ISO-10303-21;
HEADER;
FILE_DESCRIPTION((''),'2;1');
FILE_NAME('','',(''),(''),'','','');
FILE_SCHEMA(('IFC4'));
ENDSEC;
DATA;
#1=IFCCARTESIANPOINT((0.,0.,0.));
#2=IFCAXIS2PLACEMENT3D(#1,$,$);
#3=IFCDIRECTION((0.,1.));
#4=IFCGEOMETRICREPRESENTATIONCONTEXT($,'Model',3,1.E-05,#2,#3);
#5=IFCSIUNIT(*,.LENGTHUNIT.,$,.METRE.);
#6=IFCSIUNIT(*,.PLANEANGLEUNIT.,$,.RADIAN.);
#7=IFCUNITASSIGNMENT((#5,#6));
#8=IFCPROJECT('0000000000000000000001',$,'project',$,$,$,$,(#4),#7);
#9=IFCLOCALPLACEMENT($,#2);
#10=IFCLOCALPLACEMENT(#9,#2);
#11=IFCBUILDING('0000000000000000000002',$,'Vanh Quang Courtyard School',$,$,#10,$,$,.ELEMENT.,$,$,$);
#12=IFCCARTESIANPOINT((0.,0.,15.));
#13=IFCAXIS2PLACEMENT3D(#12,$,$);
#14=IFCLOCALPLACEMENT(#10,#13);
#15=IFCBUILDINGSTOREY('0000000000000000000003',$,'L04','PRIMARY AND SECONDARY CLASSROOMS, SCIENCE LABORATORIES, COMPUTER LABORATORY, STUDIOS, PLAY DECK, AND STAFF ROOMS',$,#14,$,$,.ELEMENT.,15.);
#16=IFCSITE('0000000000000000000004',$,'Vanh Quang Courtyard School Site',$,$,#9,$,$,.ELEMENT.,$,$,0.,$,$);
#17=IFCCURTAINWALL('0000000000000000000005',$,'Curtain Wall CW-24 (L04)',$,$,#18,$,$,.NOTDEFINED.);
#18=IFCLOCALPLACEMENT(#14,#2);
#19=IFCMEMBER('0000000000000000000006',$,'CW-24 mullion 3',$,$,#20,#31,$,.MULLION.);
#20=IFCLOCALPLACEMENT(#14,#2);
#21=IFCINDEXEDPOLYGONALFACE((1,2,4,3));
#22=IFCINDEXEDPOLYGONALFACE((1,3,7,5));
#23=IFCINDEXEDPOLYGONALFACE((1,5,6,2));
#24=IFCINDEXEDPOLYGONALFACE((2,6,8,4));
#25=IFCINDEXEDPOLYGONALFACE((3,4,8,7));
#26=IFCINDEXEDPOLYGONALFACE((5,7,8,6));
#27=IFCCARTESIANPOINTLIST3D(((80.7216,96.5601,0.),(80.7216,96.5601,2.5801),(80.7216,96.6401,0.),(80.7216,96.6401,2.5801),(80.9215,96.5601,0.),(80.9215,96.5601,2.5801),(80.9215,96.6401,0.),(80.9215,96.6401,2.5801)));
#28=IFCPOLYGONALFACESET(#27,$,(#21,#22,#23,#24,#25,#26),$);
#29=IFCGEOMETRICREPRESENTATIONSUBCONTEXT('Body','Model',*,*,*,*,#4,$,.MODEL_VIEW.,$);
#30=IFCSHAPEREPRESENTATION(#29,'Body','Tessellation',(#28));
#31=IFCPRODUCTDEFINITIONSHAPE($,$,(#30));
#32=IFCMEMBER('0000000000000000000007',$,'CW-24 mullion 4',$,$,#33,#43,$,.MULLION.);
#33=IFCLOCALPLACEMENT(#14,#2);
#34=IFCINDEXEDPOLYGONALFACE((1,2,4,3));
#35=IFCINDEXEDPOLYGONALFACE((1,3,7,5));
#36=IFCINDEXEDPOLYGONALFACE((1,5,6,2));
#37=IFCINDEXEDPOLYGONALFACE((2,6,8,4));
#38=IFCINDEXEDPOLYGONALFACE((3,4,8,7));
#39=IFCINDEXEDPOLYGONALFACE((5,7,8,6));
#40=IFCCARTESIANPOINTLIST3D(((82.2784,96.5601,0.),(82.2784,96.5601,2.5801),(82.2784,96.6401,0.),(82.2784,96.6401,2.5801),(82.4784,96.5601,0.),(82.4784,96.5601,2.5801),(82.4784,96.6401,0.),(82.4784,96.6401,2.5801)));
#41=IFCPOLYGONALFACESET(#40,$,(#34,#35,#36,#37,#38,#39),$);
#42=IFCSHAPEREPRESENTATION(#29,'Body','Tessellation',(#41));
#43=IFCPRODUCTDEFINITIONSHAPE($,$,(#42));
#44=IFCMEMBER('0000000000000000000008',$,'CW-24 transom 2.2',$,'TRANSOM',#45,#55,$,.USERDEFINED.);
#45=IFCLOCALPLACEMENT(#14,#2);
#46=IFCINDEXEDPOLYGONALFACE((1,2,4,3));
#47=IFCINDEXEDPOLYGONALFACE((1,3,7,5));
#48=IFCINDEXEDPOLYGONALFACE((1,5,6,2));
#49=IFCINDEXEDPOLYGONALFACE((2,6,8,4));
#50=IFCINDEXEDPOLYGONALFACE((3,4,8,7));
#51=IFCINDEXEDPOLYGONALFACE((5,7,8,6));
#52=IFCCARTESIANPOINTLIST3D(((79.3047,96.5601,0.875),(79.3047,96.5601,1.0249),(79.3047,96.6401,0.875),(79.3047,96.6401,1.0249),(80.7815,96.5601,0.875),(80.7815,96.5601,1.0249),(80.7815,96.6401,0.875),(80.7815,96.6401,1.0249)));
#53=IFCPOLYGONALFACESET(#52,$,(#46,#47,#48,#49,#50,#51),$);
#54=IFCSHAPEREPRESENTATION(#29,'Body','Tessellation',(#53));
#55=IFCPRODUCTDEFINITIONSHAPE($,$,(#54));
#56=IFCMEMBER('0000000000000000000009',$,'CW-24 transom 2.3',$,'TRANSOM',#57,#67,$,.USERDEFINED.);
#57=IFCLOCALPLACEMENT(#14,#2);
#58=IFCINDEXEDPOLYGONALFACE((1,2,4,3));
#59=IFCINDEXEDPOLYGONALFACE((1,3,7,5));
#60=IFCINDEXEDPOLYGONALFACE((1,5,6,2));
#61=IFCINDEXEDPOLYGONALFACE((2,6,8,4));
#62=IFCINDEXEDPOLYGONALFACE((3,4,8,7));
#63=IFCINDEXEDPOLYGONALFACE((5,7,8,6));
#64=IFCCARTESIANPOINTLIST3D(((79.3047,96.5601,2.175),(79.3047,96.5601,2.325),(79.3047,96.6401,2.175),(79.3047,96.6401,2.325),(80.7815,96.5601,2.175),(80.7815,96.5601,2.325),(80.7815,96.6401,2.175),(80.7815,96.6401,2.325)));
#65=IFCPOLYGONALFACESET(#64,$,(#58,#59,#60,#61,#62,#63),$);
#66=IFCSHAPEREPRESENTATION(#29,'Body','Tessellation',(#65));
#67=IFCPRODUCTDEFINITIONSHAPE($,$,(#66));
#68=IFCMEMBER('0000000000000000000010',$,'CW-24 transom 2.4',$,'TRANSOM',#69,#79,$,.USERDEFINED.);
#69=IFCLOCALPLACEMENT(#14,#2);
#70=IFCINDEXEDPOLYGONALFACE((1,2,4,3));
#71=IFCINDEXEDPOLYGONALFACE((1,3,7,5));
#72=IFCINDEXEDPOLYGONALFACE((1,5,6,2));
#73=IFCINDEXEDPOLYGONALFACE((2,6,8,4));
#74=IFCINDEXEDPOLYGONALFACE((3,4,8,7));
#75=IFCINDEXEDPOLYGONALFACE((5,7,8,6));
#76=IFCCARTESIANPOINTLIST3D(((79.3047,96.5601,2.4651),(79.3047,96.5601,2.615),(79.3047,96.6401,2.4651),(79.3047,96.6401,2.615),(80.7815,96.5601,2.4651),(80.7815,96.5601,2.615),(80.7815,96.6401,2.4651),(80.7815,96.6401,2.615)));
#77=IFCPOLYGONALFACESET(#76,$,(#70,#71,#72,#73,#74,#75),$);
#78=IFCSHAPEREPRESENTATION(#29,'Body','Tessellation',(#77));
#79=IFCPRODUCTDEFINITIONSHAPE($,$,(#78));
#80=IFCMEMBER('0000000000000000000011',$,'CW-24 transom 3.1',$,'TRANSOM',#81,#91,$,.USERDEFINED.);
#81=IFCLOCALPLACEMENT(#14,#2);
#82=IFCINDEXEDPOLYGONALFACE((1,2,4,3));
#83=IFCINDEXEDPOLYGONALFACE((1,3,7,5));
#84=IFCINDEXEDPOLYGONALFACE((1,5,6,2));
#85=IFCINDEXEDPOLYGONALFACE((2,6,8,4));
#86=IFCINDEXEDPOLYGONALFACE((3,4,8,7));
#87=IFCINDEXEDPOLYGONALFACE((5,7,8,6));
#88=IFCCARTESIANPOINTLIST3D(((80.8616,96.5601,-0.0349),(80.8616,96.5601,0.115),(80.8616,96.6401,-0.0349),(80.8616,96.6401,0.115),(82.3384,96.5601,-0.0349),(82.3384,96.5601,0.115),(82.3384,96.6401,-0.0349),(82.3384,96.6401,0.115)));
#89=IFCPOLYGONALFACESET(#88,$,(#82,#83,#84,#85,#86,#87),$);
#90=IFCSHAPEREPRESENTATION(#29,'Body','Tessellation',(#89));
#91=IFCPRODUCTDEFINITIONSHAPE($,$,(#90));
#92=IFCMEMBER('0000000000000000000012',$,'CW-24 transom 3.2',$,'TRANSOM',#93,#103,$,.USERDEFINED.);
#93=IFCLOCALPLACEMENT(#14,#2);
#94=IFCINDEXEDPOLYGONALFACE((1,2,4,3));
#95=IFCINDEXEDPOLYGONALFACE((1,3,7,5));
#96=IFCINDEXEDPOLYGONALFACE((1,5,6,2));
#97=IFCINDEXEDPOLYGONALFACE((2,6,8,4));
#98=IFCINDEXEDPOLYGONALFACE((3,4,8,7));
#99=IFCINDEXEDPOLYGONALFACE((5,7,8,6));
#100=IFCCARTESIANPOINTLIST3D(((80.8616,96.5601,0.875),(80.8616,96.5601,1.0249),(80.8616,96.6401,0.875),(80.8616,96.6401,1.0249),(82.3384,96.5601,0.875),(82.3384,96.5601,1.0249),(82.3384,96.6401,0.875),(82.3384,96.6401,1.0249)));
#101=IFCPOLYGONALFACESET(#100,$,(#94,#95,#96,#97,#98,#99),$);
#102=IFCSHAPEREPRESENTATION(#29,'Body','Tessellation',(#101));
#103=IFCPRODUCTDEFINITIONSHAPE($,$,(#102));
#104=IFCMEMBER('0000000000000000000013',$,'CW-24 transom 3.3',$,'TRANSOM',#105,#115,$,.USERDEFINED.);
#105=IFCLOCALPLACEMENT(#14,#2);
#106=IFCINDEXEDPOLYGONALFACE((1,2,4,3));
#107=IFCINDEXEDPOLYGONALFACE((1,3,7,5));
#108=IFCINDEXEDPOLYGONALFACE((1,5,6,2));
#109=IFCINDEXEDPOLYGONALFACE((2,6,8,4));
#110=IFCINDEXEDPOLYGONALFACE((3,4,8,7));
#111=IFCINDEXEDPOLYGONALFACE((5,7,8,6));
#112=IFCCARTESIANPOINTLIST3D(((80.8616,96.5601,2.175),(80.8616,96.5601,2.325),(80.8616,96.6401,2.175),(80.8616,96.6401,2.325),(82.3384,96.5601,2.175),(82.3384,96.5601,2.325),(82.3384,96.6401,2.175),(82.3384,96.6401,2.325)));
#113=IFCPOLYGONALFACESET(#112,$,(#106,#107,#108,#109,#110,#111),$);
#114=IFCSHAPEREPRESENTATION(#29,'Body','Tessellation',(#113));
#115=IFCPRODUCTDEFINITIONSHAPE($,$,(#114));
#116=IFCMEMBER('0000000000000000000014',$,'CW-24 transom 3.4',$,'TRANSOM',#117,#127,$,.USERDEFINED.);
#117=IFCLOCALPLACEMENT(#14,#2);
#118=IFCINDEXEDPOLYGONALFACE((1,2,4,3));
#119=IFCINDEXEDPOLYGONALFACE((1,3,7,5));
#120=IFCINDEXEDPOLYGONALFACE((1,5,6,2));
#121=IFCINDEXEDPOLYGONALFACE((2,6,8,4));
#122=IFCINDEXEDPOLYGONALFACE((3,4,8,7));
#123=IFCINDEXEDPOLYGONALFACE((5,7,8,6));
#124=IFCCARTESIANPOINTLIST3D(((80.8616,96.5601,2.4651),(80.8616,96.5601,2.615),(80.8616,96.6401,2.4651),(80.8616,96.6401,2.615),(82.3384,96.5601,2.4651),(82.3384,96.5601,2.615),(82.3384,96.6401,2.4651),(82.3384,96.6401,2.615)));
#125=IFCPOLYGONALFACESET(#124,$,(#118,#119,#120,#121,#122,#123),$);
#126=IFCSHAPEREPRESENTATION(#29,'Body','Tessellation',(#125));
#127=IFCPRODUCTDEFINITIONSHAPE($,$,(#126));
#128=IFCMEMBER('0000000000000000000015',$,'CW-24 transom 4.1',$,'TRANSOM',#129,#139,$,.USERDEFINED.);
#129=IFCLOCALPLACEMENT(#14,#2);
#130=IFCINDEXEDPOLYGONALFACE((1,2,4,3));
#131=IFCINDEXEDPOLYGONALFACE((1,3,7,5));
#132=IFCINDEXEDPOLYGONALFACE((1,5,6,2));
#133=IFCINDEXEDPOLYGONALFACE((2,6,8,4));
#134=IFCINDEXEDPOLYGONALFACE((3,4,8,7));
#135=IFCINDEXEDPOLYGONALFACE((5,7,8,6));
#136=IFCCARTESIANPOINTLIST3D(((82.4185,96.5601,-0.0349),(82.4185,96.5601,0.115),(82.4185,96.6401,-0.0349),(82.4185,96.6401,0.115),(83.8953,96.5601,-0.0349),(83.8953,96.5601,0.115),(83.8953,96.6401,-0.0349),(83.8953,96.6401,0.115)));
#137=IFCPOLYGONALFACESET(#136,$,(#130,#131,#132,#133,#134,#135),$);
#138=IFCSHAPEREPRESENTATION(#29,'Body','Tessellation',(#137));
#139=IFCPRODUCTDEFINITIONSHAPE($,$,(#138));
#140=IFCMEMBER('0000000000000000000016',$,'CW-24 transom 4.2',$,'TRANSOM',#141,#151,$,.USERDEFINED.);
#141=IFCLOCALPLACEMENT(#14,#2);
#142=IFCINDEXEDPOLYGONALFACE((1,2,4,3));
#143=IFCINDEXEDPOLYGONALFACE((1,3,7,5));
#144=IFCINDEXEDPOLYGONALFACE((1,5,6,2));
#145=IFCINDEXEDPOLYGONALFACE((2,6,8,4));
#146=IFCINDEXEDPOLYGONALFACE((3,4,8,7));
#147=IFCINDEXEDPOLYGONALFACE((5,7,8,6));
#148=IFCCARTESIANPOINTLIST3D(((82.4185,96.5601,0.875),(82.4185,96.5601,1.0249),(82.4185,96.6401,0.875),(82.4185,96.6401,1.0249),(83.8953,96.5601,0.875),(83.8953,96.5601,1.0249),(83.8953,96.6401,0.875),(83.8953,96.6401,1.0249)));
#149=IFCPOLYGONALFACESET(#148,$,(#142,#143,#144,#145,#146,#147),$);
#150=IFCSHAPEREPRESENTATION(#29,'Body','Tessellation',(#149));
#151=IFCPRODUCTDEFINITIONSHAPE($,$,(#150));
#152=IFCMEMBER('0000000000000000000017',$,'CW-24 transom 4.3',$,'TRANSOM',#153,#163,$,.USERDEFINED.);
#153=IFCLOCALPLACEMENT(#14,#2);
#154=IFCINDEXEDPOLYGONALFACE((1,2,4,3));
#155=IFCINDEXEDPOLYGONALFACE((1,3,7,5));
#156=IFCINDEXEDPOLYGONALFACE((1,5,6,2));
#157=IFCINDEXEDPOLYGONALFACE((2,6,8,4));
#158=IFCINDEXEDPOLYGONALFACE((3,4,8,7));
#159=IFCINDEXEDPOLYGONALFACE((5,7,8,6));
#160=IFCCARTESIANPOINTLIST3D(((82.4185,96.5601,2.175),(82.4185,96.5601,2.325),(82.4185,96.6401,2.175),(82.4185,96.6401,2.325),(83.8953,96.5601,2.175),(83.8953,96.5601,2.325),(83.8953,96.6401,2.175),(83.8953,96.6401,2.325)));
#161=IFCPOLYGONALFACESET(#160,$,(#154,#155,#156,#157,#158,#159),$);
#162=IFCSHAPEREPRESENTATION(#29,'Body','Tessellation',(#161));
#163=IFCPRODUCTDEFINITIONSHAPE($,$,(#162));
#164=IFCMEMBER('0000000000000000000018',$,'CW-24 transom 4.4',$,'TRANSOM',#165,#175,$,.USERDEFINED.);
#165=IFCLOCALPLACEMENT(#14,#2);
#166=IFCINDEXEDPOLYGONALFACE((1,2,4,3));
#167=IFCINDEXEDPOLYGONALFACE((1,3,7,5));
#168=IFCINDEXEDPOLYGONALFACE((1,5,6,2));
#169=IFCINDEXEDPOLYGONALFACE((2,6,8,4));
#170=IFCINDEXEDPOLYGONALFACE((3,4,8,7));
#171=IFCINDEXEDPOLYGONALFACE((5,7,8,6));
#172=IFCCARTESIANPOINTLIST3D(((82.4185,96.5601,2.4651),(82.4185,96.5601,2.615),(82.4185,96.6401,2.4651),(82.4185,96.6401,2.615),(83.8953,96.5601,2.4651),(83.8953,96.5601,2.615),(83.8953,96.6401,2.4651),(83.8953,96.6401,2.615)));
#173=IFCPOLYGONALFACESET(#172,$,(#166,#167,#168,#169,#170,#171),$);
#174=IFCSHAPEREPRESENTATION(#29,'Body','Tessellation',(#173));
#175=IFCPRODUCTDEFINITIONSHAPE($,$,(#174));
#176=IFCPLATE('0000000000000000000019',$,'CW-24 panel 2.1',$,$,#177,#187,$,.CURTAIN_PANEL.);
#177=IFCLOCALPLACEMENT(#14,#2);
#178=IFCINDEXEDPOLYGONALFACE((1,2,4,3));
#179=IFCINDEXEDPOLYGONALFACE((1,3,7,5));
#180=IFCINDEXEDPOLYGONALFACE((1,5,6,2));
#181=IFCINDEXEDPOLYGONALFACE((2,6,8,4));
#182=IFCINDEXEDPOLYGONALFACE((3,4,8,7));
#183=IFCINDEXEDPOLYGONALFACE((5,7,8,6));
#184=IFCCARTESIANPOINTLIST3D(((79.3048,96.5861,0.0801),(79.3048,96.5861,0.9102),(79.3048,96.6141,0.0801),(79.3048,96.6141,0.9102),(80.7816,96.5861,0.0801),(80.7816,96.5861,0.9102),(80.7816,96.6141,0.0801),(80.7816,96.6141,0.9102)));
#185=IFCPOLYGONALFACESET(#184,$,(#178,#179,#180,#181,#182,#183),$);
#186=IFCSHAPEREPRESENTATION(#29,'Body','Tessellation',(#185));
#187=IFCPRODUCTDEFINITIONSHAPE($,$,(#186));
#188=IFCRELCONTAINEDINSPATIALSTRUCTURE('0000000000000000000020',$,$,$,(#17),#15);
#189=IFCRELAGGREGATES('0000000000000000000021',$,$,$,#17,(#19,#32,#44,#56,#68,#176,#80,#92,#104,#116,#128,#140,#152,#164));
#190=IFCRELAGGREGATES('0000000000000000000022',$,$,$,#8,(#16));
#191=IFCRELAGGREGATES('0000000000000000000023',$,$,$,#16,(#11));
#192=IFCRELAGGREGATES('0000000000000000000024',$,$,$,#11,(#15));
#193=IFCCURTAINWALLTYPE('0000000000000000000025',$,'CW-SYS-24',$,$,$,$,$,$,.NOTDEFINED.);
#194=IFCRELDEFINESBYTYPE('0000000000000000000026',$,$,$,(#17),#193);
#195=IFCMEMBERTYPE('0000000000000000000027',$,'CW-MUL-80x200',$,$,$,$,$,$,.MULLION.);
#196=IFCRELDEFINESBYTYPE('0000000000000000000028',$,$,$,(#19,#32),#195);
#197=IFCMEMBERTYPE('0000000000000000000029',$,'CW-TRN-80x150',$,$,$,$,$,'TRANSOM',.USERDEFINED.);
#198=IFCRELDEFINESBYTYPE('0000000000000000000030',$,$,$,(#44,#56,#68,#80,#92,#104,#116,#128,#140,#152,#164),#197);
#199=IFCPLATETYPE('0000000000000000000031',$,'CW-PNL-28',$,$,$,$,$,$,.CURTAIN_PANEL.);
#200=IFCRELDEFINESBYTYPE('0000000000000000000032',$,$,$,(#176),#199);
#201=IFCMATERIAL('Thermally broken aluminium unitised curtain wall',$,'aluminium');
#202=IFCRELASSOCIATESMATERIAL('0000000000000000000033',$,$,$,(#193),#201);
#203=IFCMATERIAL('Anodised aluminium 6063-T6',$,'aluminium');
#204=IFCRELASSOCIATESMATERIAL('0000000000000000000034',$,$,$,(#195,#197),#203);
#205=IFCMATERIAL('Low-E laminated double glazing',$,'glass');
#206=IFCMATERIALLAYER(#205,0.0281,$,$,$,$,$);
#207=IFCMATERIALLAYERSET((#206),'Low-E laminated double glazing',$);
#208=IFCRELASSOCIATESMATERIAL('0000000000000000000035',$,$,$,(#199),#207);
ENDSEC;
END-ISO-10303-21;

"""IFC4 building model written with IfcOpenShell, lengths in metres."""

from ifc_helpers import new_model, si_unit, direction, frame, origin, origin_2d, place, context, subcontext, project, spatial, rectangle, extrude, material, layer, layer_set, material_profile, profile_set, type_object, element, aggregate, save


model = new_model("IFC4")

# Units and contexts
model_context = context("Model", 3, precision=1e-05, world=origin(), true_north=direction((0.0, 1.0)))
body_context = subcontext(model_context, "Body", "Model", "MODEL_VIEW")
ifc_project = project(units=[si_unit("LENGTHUNIT", "METRE"), si_unit("PLANEANGLEUNIT", "RADIAN")], contexts=[model_context])

# Site, building, storey
site_placement = place(None, origin())
site = spatial("IfcSite", under=ifc_project, at=site_placement, Name="Vanh Quang Courtyard School Site", CompositionType="ELEMENT", RefElevation=0.0)
building_placement = place(site_placement, origin())
building = spatial("IfcBuilding", under=site, at=building_placement, Name="Vanh Quang Courtyard School", CompositionType="ELEMENT")
storey_placement = place(building_placement, frame((0.0, 0.0, 15.0)))
storey = spatial("IfcBuildingStorey", under=building, at=storey_placement, Name="L04", Description="PRIMARY AND SECONDARY CLASSROOMS, SCIENCE LABORATORIES, COMPUTER LABORATORY, STUDIOS, PLAY DECK, AND STAFF ROOMS", CompositionType="ELEMENT", Elevation=15.0)

# Curtain wall, members, plate
ifc_material_1 = material(Name="Thermally broken aluminium unitised curtain wall", Category="aluminium")
curtain_wall_type = type_object("IfcCurtainWallType", Name="CW-SYS-24", PredefinedType="NOTDEFINED", material=ifc_material_1)
curtain_wall_placement = place(storey_placement, origin())
curtain_wall = element("IfcCurtainWall", 1, at=curtain_wall_placement, inside=storey, type_object=curtain_wall_type, Name="Curtain Wall CW-24 (L04)", PredefinedType="NOTDEFINED")
ifc_material_2 = material(Name="Anodised aluminium 6063-T6", Category="aluminium")
ifc_material_profile_1 = material_profile(ifc_material_2, rectangle(XDim=0.0801, YDim=0.2, at=origin_2d()), Name="ALU-MUL 80x200")
ifc_profile_set_1 = profile_set([ifc_material_profile_1], Name="Anodised aluminium 6063-T6")
member_type_1 = type_object("IfcMemberType", Name="CW-MUL-80x200", PredefinedType="MULLION", material=ifc_profile_set_1)
member_1_placement = place(storey_placement, frame((80.8215, 96.6001, 0.0), z_axis=(0.0, 0.0, 1.0), x_axis=(0.0, 1.0, 0.0)))
member_1 = element("IfcMember", 2, at=member_1_placement, type_object=member_type_1, Name="CW-24 mullion 3", PredefinedType="MULLION", context=body_context, shape_type="SweptSolid", body=[
    extrude(rectangle(XDim=0.0801, YDim=0.2, at=origin_2d()), origin(), (0.0, 0.0, 1.0), 2.5801),
])
member_2_placement = place(storey_placement, frame((82.3784, 96.6001, 0.0), z_axis=(0.0, 0.0, 1.0), x_axis=(0.0, 1.0, 0.0)))
member_2 = element("IfcMember", 3, at=member_2_placement, type_object=member_type_1, Name="CW-24 mullion 4", PredefinedType="MULLION", context=body_context, shape_type="SweptSolid", body=[
    extrude(rectangle(XDim=0.0801, YDim=0.2, at=origin_2d()), origin(), (0.0, 0.0, 1.0), 2.5801),
])
ifc_material_profile_2 = material_profile(ifc_material_2, rectangle(XDim=0.0801, YDim=0.1499, at=origin_2d()), Name="ALU-TRN 80x150")
ifc_profile_set_2 = profile_set([ifc_material_profile_2], Name="Anodised aluminium 6063-T6")
member_type_2 = type_object("IfcMemberType", Name="CW-TRN-80x150", ElementType="TRANSOM", PredefinedType="USERDEFINED", material=ifc_profile_set_2)
member_3_placement = place(storey_placement, frame((79.3047, 96.6001, 0.95), z_axis=(1.0, 0.0, 0.0), x_axis=(0.0, 1.0, 0.0)))
member_3 = element("IfcMember", 4, at=member_3_placement, type_object=member_type_2, Name="CW-24 transom 2.2", ObjectType="TRANSOM", PredefinedType="USERDEFINED", context=body_context, shape_type="SweptSolid", body=[
    extrude(rectangle(XDim=0.0801, YDim=0.1499, at=origin_2d()), origin(), (0.0, 0.0, 1.0), 1.4768),
])
member_4_placement = place(storey_placement, frame((79.3047, 96.6001, 2.25), z_axis=(1.0, 0.0, 0.0), x_axis=(0.0, 1.0, 0.0)))
member_4 = element("IfcMember", 5, at=member_4_placement, type_object=member_type_2, Name="CW-24 transom 2.3", ObjectType="TRANSOM", PredefinedType="USERDEFINED", context=body_context, shape_type="SweptSolid", body=[
    extrude(rectangle(XDim=0.0801, YDim=0.1499, at=origin_2d()), origin(), (0.0, 0.0, 1.0), 1.4768),
])
member_5_placement = place(storey_placement, frame((79.3047, 96.6001, 2.54), z_axis=(1.0, 0.0, 0.0), x_axis=(0.0, 1.0, 0.0)))
member_5 = element("IfcMember", 6, at=member_5_placement, type_object=member_type_2, Name="CW-24 transom 2.4", ObjectType="TRANSOM", PredefinedType="USERDEFINED", context=body_context, shape_type="SweptSolid", body=[
    extrude(rectangle(XDim=0.0801, YDim=0.1499, at=origin_2d()), origin(), (0.0, 0.0, 1.0), 1.4768),
])
member_6_placement = place(storey_placement, frame((80.8616, 96.6001, 0.04), z_axis=(1.0, 0.0, 0.0), x_axis=(0.0, 1.0, 0.0)))
member_6 = element("IfcMember", 7, at=member_6_placement, type_object=member_type_2, Name="CW-24 transom 3.1", ObjectType="TRANSOM", PredefinedType="USERDEFINED", context=body_context, shape_type="SweptSolid", body=[
    extrude(rectangle(XDim=0.0801, YDim=0.1499, at=origin_2d()), origin(), (0.0, 0.0, 1.0), 1.4768),
])
member_7_placement = place(storey_placement, frame((80.8616, 96.6001, 0.95), z_axis=(1.0, 0.0, 0.0), x_axis=(0.0, 1.0, 0.0)))
member_7 = element("IfcMember", 8, at=member_7_placement, type_object=member_type_2, Name="CW-24 transom 3.2", ObjectType="TRANSOM", PredefinedType="USERDEFINED", context=body_context, shape_type="SweptSolid", body=[
    extrude(rectangle(XDim=0.0801, YDim=0.1499, at=origin_2d()), origin(), (0.0, 0.0, 1.0), 1.4768),
])
member_8_placement = place(storey_placement, frame((80.8616, 96.6001, 2.25), z_axis=(1.0, 0.0, 0.0), x_axis=(0.0, 1.0, 0.0)))
member_8 = element("IfcMember", 9, at=member_8_placement, type_object=member_type_2, Name="CW-24 transom 3.3", ObjectType="TRANSOM", PredefinedType="USERDEFINED", context=body_context, shape_type="SweptSolid", body=[
    extrude(rectangle(XDim=0.0801, YDim=0.1499, at=origin_2d()), origin(), (0.0, 0.0, 1.0), 1.4768),
])
member_9_placement = place(storey_placement, frame((80.8616, 96.6001, 2.54), z_axis=(1.0, 0.0, 0.0), x_axis=(0.0, 1.0, 0.0)))
member_9 = element("IfcMember", 10, at=member_9_placement, type_object=member_type_2, Name="CW-24 transom 3.4", ObjectType="TRANSOM", PredefinedType="USERDEFINED", context=body_context, shape_type="SweptSolid", body=[
    extrude(rectangle(XDim=0.0801, YDim=0.1499, at=origin_2d()), origin(), (0.0, 0.0, 1.0), 1.4768),
])
member_10_placement = place(storey_placement, frame((82.4185, 96.6001, 0.04), z_axis=(1.0, 0.0, 0.0), x_axis=(0.0, 1.0, 0.0)))
member_10 = element("IfcMember", 11, at=member_10_placement, type_object=member_type_2, Name="CW-24 transom 4.1", ObjectType="TRANSOM", PredefinedType="USERDEFINED", context=body_context, shape_type="SweptSolid", body=[
    extrude(rectangle(XDim=0.0801, YDim=0.1499, at=origin_2d()), origin(), (0.0, 0.0, 1.0), 1.4768),
])
member_11_placement = place(storey_placement, frame((82.4185, 96.6001, 0.95), z_axis=(1.0, 0.0, 0.0), x_axis=(0.0, 1.0, 0.0)))
member_11 = element("IfcMember", 12, at=member_11_placement, type_object=member_type_2, Name="CW-24 transom 4.2", ObjectType="TRANSOM", PredefinedType="USERDEFINED", context=body_context, shape_type="SweptSolid", body=[
    extrude(rectangle(XDim=0.0801, YDim=0.1499, at=origin_2d()), origin(), (0.0, 0.0, 1.0), 1.4768),
])
member_12_placement = place(storey_placement, frame((82.4185, 96.6001, 2.25), z_axis=(1.0, 0.0, 0.0), x_axis=(0.0, 1.0, 0.0)))
member_12 = element("IfcMember", 13, at=member_12_placement, type_object=member_type_2, Name="CW-24 transom 4.3", ObjectType="TRANSOM", PredefinedType="USERDEFINED", context=body_context, shape_type="SweptSolid", body=[
    extrude(rectangle(XDim=0.0801, YDim=0.1499, at=origin_2d()), origin(), (0.0, 0.0, 1.0), 1.4768),
])
member_13_placement = place(storey_placement, frame((82.4185, 96.6001, 2.54), z_axis=(1.0, 0.0, 0.0), x_axis=(0.0, 1.0, 0.0)))
member_13 = element("IfcMember", 14, at=member_13_placement, type_object=member_type_2, Name="CW-24 transom 4.4", ObjectType="TRANSOM", PredefinedType="USERDEFINED", context=body_context, shape_type="SweptSolid", body=[
    extrude(rectangle(XDim=0.0801, YDim=0.1499, at=origin_2d()), origin(), (0.0, 0.0, 1.0), 1.4768),
])
ifc_material_3 = material(Name="Low-E laminated double glazing", Category="glass")
ifc_layer_1 = layer(ifc_material_3, 0.0281)
ifc_layer_set_1 = layer_set([ifc_layer_1], Name="Low-E laminated double glazing")
plate_type = type_object("IfcPlateType", Name="CW-PNL-28", PredefinedType="CURTAIN_PANEL", material=ifc_layer_set_1)
plate_1_placement = place(storey_placement, frame((80.0432, 96.6001, 0.0801), z_axis=(0.0, 0.0, 1.0), x_axis=(1.0, 0.0, 0.0)))
plate_1 = element("IfcPlate", 15, at=plate_1_placement, type_object=plate_type, Name="CW-24 panel 2.1", PredefinedType="CURTAIN_PANEL", context=body_context, shape_type="SweptSolid", body=[
    extrude(rectangle(XDim=1.4768, YDim=0.0281, at=origin_2d()), origin(), (0.0, 0.0, 1.0), 0.8301),
])
aggregate(curtain_wall, [member_1, member_2, member_3, member_4, member_5, plate_1, member_6, member_7, member_8, member_9, member_10, member_11, member_12, member_13])

save(model, "model.ifc")
